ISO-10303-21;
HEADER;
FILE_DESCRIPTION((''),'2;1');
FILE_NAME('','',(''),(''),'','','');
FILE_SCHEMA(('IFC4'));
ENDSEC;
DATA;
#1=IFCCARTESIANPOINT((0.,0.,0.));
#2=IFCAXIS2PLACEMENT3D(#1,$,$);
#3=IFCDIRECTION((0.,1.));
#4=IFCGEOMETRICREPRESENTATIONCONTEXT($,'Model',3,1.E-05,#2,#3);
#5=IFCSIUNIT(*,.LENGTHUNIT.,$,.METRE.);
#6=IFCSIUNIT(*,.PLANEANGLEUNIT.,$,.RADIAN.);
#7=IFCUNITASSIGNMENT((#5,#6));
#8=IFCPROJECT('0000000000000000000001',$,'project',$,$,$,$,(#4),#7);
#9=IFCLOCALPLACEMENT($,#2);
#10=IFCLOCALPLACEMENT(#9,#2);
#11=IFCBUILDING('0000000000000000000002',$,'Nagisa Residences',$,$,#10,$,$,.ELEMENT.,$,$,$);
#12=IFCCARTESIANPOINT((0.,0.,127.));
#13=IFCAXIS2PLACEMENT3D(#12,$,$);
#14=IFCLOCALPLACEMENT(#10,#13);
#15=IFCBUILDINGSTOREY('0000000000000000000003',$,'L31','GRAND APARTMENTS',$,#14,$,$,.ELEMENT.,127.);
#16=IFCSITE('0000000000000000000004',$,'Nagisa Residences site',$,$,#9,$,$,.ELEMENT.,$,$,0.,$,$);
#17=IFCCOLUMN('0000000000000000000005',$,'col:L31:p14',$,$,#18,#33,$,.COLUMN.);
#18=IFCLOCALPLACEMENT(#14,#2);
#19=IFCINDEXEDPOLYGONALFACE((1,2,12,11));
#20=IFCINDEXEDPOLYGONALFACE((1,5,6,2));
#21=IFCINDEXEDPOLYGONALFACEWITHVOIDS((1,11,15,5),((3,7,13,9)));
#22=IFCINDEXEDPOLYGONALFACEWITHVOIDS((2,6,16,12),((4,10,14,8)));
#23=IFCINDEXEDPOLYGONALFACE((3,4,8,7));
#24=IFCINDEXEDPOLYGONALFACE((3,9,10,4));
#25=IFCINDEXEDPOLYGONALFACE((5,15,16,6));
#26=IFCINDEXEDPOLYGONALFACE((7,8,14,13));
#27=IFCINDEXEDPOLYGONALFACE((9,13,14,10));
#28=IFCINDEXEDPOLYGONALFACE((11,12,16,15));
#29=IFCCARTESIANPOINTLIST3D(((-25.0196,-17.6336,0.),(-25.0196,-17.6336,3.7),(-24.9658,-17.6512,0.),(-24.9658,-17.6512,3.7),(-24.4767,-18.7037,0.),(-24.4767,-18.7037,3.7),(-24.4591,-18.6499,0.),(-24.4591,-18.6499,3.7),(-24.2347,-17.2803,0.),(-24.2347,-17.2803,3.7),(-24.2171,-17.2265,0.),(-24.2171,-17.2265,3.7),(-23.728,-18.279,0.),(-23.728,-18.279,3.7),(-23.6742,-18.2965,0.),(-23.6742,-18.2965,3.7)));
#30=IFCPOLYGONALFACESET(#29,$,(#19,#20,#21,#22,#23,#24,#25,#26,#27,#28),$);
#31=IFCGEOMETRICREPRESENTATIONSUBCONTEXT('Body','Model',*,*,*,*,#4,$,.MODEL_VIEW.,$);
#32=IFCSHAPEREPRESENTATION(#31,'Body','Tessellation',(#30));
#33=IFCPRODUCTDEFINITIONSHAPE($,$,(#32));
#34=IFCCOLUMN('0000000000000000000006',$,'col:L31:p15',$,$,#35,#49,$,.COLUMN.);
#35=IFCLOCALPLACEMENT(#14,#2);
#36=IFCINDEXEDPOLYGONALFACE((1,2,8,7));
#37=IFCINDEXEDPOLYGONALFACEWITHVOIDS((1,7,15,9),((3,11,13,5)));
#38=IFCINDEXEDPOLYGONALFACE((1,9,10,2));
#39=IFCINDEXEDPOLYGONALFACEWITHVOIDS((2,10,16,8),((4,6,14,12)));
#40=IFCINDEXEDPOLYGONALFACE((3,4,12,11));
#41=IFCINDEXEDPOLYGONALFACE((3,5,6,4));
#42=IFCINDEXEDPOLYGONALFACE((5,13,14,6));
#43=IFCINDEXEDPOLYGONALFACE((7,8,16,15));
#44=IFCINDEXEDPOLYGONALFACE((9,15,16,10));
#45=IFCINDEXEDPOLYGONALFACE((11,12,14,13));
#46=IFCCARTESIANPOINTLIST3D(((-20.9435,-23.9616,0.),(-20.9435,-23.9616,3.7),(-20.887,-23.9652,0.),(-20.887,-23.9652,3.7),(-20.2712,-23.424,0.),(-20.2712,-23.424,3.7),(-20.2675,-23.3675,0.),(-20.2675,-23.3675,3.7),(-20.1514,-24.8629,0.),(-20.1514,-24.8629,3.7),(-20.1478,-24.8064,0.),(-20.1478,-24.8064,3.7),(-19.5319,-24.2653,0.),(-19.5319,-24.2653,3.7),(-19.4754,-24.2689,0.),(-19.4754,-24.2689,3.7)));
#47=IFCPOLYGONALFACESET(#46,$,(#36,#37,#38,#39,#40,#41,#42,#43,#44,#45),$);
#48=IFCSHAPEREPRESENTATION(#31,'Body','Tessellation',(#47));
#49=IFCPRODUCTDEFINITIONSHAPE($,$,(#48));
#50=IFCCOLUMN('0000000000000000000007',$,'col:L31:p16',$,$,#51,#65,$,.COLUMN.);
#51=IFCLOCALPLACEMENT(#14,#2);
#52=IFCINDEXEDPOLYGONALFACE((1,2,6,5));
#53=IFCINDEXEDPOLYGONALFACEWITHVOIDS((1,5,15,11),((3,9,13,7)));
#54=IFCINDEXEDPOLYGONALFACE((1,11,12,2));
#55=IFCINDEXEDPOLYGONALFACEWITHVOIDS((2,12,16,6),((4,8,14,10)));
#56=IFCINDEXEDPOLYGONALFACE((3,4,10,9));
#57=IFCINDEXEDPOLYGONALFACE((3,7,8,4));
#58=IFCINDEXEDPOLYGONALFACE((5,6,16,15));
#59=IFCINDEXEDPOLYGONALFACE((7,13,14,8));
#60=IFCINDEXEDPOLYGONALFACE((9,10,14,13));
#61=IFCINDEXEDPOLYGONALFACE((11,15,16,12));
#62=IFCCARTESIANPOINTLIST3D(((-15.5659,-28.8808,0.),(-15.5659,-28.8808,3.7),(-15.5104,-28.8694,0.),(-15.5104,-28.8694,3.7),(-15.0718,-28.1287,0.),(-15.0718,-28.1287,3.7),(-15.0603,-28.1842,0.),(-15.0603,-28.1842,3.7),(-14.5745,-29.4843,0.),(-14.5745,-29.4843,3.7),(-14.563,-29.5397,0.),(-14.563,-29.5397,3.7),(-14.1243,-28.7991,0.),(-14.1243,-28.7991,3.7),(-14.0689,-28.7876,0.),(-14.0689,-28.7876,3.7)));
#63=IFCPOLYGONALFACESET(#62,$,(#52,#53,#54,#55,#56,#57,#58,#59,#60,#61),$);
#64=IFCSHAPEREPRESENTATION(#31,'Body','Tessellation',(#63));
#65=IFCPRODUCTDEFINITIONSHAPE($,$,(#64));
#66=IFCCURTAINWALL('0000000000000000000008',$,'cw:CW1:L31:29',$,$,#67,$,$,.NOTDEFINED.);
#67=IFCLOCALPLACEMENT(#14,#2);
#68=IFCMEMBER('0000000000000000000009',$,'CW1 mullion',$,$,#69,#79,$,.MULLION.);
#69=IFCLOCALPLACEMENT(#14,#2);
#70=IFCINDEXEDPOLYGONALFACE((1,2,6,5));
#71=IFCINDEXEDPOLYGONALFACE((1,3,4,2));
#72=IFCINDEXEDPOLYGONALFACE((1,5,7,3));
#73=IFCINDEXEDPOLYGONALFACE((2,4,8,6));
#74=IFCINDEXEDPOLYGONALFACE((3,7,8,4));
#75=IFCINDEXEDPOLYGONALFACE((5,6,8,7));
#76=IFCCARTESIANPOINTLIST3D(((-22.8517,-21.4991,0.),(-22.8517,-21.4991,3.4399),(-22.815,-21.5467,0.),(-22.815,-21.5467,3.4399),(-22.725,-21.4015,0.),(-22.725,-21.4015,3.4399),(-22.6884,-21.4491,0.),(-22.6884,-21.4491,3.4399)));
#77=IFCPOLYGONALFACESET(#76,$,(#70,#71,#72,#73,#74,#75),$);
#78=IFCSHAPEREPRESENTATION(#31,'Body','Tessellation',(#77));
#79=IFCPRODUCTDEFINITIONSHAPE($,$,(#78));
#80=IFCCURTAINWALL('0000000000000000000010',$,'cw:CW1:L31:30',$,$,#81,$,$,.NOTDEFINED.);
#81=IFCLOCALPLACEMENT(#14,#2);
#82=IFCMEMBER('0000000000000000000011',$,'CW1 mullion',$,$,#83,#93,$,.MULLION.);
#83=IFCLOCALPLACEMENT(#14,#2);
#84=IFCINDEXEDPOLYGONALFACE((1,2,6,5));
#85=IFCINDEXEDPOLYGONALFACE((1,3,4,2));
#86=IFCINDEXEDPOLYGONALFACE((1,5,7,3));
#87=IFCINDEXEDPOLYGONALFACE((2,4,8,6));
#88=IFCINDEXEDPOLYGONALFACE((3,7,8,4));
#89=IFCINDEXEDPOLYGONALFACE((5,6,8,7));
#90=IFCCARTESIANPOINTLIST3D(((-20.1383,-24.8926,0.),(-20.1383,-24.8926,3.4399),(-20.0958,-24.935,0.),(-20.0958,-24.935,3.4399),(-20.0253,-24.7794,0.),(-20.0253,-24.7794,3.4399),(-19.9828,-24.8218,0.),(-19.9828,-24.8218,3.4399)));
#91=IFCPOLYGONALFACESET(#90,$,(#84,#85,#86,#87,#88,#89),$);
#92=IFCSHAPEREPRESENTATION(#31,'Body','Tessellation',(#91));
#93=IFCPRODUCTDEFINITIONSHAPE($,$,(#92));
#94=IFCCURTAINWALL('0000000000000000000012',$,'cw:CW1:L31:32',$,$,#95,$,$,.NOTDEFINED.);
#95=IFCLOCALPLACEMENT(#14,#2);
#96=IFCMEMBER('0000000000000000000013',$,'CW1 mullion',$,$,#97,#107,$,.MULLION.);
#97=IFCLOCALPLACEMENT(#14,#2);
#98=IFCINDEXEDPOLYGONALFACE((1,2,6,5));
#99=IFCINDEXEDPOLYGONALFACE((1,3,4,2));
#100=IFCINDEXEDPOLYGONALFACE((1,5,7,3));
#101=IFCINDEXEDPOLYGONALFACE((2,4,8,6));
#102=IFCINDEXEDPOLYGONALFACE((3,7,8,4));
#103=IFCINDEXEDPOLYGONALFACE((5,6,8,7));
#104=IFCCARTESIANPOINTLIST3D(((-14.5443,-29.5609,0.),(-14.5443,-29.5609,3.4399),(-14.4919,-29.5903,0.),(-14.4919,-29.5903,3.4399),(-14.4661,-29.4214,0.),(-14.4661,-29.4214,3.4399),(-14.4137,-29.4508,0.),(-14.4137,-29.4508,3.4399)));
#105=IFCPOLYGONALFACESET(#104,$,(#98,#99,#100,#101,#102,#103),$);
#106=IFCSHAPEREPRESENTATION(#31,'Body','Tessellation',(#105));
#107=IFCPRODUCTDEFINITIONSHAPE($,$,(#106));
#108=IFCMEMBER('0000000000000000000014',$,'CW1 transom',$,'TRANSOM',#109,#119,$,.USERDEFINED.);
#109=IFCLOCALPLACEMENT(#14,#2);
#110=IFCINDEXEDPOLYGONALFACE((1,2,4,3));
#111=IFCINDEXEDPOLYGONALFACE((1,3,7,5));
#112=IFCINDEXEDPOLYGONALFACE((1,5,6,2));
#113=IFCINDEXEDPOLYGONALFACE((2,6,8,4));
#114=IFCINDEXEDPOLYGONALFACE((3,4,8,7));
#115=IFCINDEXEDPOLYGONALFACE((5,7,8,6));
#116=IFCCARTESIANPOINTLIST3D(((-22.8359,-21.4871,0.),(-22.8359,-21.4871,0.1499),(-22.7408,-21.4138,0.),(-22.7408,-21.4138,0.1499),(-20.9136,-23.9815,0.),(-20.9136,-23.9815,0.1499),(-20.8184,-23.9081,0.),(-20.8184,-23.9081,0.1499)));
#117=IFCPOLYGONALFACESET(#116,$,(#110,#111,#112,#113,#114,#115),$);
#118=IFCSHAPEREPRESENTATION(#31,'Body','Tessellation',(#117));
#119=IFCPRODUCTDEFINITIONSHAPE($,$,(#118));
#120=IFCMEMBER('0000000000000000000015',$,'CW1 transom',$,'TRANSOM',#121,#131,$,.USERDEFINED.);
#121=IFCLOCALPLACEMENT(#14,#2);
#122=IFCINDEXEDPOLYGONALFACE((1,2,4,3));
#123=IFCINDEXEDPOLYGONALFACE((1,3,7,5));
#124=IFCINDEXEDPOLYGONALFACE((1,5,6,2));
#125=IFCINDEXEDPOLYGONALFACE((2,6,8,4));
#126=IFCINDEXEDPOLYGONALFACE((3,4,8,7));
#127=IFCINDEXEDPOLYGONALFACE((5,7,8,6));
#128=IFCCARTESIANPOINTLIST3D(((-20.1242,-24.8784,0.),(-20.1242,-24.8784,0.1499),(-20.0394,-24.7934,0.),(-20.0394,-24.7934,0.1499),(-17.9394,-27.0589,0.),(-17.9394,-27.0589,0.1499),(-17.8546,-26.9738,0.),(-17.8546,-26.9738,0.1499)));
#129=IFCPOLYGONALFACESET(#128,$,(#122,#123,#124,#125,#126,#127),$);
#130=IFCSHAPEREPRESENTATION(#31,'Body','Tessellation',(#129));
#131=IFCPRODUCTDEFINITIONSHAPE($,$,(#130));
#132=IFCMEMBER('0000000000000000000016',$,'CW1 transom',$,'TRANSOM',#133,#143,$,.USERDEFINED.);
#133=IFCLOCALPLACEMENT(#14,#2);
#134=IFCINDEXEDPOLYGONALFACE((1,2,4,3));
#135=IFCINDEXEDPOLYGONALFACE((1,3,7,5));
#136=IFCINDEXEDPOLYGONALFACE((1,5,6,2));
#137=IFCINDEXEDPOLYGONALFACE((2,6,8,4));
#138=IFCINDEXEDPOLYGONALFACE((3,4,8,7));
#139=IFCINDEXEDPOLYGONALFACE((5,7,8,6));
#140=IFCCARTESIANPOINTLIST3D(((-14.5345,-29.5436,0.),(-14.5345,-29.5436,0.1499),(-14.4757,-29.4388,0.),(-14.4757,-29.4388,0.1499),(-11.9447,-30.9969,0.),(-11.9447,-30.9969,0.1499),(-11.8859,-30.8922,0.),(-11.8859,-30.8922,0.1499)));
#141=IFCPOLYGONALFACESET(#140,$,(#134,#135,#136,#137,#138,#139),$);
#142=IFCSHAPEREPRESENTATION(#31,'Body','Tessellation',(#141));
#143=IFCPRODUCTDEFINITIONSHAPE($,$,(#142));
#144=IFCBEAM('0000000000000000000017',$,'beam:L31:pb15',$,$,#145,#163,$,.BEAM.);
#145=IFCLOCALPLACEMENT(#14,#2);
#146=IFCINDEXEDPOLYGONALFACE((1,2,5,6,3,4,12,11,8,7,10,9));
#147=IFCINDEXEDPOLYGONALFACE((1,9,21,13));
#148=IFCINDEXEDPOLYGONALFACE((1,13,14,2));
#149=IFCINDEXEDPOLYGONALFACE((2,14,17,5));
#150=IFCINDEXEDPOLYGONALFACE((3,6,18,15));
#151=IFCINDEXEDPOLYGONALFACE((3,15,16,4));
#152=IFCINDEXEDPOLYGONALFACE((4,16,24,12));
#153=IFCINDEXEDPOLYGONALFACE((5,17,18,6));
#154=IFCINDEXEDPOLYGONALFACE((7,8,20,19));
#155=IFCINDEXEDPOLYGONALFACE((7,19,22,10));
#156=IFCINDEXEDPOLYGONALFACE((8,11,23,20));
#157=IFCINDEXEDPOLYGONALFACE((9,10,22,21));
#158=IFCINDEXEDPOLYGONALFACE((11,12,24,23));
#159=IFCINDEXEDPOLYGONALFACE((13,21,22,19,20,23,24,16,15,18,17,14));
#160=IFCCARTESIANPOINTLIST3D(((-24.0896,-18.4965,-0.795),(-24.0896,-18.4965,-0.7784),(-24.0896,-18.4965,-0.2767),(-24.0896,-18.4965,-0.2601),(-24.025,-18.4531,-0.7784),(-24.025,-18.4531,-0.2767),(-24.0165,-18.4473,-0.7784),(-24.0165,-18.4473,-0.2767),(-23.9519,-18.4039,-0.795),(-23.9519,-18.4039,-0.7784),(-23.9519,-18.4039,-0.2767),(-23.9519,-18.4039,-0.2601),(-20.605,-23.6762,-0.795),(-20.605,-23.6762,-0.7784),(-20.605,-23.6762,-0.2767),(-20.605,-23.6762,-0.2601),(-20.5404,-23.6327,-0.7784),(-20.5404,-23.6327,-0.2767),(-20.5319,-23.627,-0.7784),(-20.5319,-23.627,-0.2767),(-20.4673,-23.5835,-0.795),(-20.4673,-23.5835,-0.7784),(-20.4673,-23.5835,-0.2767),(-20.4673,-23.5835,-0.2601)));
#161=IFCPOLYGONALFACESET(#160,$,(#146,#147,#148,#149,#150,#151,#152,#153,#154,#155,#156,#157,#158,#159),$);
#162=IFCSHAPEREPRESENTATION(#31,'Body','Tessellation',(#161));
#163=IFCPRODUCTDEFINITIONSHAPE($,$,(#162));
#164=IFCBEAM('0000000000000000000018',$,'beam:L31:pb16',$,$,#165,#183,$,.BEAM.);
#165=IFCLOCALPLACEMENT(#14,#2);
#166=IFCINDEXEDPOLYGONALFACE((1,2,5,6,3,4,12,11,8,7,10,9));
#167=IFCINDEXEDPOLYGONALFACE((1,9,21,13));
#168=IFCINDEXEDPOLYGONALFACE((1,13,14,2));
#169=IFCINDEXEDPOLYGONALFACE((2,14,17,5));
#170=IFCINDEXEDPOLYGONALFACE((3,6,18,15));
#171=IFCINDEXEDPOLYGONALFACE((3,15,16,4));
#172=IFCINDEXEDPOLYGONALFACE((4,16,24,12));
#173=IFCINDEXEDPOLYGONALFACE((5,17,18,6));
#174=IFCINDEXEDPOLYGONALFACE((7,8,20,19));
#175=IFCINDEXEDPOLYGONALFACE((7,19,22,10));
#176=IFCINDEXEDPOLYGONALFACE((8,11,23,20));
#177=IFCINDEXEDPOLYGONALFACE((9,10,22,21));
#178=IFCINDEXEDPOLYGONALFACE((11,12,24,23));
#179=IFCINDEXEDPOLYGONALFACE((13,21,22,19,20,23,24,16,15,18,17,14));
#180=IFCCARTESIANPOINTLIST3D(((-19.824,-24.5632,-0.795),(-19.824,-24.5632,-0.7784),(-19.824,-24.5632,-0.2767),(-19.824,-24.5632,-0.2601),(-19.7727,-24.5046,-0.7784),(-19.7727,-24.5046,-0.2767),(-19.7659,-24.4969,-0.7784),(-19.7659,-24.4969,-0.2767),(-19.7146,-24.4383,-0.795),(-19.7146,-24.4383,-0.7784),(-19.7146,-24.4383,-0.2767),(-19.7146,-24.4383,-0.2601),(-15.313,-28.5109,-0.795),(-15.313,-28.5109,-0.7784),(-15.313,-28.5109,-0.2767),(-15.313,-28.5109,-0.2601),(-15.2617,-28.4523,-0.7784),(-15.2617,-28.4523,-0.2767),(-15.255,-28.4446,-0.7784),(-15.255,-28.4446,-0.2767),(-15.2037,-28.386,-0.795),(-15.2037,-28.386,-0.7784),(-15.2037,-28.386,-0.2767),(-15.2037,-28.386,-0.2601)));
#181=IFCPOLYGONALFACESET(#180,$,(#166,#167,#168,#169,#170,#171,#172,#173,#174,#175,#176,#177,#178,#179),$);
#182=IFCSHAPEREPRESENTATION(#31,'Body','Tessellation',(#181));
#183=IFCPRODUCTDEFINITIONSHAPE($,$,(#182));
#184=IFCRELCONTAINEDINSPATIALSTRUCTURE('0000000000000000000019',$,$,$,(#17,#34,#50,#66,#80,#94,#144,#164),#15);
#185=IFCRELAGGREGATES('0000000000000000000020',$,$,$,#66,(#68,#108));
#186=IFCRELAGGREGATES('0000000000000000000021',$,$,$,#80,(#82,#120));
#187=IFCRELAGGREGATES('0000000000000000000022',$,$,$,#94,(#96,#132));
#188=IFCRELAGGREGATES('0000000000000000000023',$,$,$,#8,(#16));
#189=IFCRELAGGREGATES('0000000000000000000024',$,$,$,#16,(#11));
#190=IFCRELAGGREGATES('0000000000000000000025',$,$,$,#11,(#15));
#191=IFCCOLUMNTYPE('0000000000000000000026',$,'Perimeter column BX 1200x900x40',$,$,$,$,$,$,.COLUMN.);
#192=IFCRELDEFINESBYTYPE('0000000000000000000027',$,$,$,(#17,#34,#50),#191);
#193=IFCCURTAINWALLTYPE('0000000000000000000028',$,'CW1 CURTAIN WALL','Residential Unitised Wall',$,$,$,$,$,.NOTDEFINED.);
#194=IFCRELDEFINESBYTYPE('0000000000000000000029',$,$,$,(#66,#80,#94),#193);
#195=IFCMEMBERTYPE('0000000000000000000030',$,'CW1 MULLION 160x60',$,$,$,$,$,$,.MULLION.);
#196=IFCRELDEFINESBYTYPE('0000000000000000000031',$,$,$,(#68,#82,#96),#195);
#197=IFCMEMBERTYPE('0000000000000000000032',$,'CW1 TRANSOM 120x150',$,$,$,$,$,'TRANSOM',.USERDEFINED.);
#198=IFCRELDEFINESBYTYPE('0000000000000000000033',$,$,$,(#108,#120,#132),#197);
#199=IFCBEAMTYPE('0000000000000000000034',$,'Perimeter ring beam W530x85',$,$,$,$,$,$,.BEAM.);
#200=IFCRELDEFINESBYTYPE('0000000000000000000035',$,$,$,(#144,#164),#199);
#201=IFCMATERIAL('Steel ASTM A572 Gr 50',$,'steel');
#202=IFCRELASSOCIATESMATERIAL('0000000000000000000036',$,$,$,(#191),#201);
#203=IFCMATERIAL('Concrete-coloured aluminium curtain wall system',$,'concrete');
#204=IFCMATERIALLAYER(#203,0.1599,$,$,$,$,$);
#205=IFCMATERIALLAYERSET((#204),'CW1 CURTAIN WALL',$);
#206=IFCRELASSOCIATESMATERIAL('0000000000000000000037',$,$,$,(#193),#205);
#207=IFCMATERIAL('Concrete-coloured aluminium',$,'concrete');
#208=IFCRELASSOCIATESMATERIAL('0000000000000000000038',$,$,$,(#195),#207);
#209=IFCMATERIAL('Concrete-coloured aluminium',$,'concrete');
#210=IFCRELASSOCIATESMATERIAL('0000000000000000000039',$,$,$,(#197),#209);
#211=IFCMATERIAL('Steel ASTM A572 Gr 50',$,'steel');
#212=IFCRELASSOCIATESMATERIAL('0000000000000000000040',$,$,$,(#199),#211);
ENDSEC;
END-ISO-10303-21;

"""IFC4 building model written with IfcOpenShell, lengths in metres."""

from ifc_helpers import new_model, si_unit, direction, frame, origin, origin_2d, place, context, subcontext, project, spatial, rectangle, hollow_rectangle, i_section, extrude, material, layer, layer_set, material_profile, profile_set, type_object, element, aggregate, save


model = new_model("IFC4")

# Units and contexts
model_context = context("Model", 3, precision=1e-05, world=origin(), true_north=direction((0.0, 1.0)))
body_context = subcontext(model_context, "Body", "Model", "MODEL_VIEW")
ifc_project = project(units=[si_unit("LENGTHUNIT", "METRE"), si_unit("PLANEANGLEUNIT", "RADIAN")], contexts=[model_context])

# Site, building, storey
site_placement = place(None, origin())
site = spatial("IfcSite", under=ifc_project, at=site_placement, Name="Nagisa Residences site", CompositionType="ELEMENT", RefElevation=0.0)
building_placement = place(site_placement, origin())
building = spatial("IfcBuilding", under=site, at=building_placement, Name="Nagisa Residences", CompositionType="ELEMENT")
storey_placement = place(building_placement, frame((0.0, 0.0, 127.0)))
storey = spatial("IfcBuildingStorey", under=building, at=storey_placement, Name="L31", Description="GRAND APARTMENTS", CompositionType="ELEMENT", Elevation=127.0)

# Columns
ifc_material_1 = material(Name="Steel ASTM A572 Gr 50", Category="steel")
ifc_material_profile_1 = material_profile(ifc_material_1, hollow_rectangle(XDim=1.2, YDim=0.8999, WallThickness=0.04, at=origin_2d()), Name="BX 1200x900x40")
ifc_profile_set_1 = profile_set([ifc_material_profile_1], Name="Steel ASTM A572 Gr 50")
column_type = type_object("IfcColumnType", Name="Perimeter column BX 1200x900x40", PredefinedType="COLUMN", material=ifc_profile_set_1)
for number, where, z_axis, x_axis, name in (
    (1, (-24.3469, -17.9651, 0.0), (0.0, 0.0, 1.0), (0.452463, -0.891783, 0.0), "col:L31:p14"),
    (2, (-20.2095, -24.1152, 0.0), (0.0, 0.0, 1.0), (0.660115, -0.751165, 0.0), "col:L31:p15"),
    (3, (-14.8174, -28.8342, 0.0), (0.0, 0.0, 1.0), (0.835766, -0.549086, 0.0), "col:L31:p16"),
):
    element("IfcColumn", number, at=place(storey_placement, frame(where, z_axis=z_axis, x_axis=x_axis)), inside=storey, type_object=column_type, Name=name, PredefinedType="COLUMN", context=body_context, shape_type="SweptSolid", body=[
        extrude(hollow_rectangle(XDim=1.2, YDim=0.8999, WallThickness=0.04, at=origin_2d()), origin(), (0.0, 0.0, 1.0), 3.7),
    ])

# Curtain walls, members
ifc_material_2 = material(Name="Concrete-coloured aluminium curtain wall system", Category="concrete")
ifc_layer_1 = layer(ifc_material_2, 0.1599)
ifc_layer_set_1 = layer_set([ifc_layer_1], Name="CW1 CURTAIN WALL")
curtain_wall_type = type_object("IfcCurtainWallType", Name="CW1 CURTAIN WALL", Description="Residential Unitised Wall", PredefinedType="NOTDEFINED", material=ifc_layer_set_1)
curtain_wall_1_placement = place(storey_placement, origin())
curtain_wall_1 = element("IfcCurtainWall", 4, at=curtain_wall_1_placement, inside=storey, type_object=curtain_wall_type, Name="cw:CW1:L31:29", PredefinedType="NOTDEFINED")
ifc_material_3 = material(Name="Concrete-coloured aluminium", Category="concrete")
ifc_material_profile_2 = material_profile(ifc_material_3, rectangle(XDim=0.1599, YDim=0.0601, at=origin_2d()), Name="CW1 MULLION 160x60")
ifc_profile_set_2 = profile_set([ifc_material_profile_2], Name="Concrete-coloured aluminium")
member_type_1 = type_object("IfcMemberType", Name="CW1 MULLION 160x60", PredefinedType="MULLION", material=ifc_profile_set_2)
member_1_placement = place(storey_placement, frame((-22.77, -21.4741, 0.0), z_axis=(0.0, 0.0, 1.0), x_axis=(0.79207, 0.61043, 0.0)))
member_1 = element("IfcMember", 5, at=member_1_placement, type_object=member_type_1, Name="CW1 mullion", PredefinedType="MULLION", context=body_context, shape_type="SweptSolid", body=[
    extrude(rectangle(XDim=0.1599, YDim=0.0601, at=origin_2d()), origin(), (0.0, 0.0, 1.0), 3.4399),
])
curtain_wall_2_placement = place(storey_placement, origin())
curtain_wall_2 = element("IfcCurtainWall", 6, at=curtain_wall_2_placement, inside=storey, type_object=curtain_wall_type, Name="cw:CW1:L31:30", PredefinedType="NOTDEFINED")
member_2_placement = place(storey_placement, frame((-20.0605, -24.8572, 0.0), z_axis=(0.0, 0.0, 1.0), x_axis=(0.706377, 0.707836, 0.0)))
member_2 = element("IfcMember", 7, at=member_2_placement, type_object=member_type_1, Name="CW1 mullion", PredefinedType="MULLION", context=body_context, shape_type="SweptSolid", body=[
    extrude(rectangle(XDim=0.1599, YDim=0.0601, at=origin_2d()), origin(), (0.0, 0.0, 1.0), 3.4399),
])
curtain_wall_3_placement = place(storey_placement, origin())
curtain_wall_3 = element("IfcCurtainWall", 8, at=curtain_wall_3_placement, inside=storey, type_object=curtain_wall_type, Name="cw:CW1:L31:32", PredefinedType="NOTDEFINED")
member_3_placement = place(storey_placement, frame((-14.479, -29.5059, 0.0), z_axis=(0.0, 0.0, 1.0), x_axis=(0.489377, 0.872072, 0.0)))
member_3 = element("IfcMember", 9, at=member_3_placement, type_object=member_type_1, Name="CW1 mullion", PredefinedType="MULLION", context=body_context, shape_type="SweptSolid", body=[
    extrude(rectangle(XDim=0.1599, YDim=0.0601, at=origin_2d()), origin(), (0.0, 0.0, 1.0), 3.4399),
])

# Members
ifc_material_4 = material(Name="Concrete-coloured aluminium", Category="concrete")
ifc_material_profile_3 = material_profile(ifc_material_4, rectangle(XDim=0.1201, YDim=0.1499, at=origin_2d()), Name="CW1 TRANSOM 120x150")
ifc_profile_set_3 = profile_set([ifc_material_profile_3], Name="Concrete-coloured aluminium")
member_type_2 = type_object("IfcMemberType", Name="CW1 TRANSOM 120x150", ElementType="TRANSOM", PredefinedType="USERDEFINED", material=ifc_profile_set_3)
member_4_placement = place(storey_placement, frame((-22.7883, -21.4504, 0.075), z_axis=(0.61043, -0.79207, 0.0), x_axis=(0.79207, 0.61043, 0.0)))
member_4 = element("IfcMember", 10, at=member_4_placement, type_object=member_type_2, Name="CW1 transom", ObjectType="TRANSOM", PredefinedType="USERDEFINED", context=body_context, shape_type="SweptSolid", body=[
    extrude(rectangle(XDim=0.1201, YDim=0.1499, at=origin_2d()), origin(), (0.0, 0.0, 1.0), 3.1492),
])
member_5_placement = place(storey_placement, frame((-20.0818, -24.8359, 0.075), z_axis=(0.707818, -0.706395, 0.0), x_axis=(0.706395, 0.707818, 0.0)))
member_5 = element("IfcMember", 11, at=member_5_placement, type_object=member_type_2, Name="CW1 transom", ObjectType="TRANSOM", PredefinedType="USERDEFINED", context=body_context, shape_type="SweptSolid", body=[
    extrude(rectangle(XDim=0.1201, YDim=0.1499, at=origin_2d()), origin(), (0.0, 0.0, 1.0), 3.0867),
])
member_6_placement = place(storey_placement, frame((-14.5051, -29.4912, 0.075), z_axis=(0.872067, -0.489387, 0.0), x_axis=(0.489387, 0.872067, 0.0)))
member_6 = element("IfcMember", 12, at=member_6_placement, type_object=member_type_2, Name="CW1 transom", ObjectType="TRANSOM", PredefinedType="USERDEFINED", context=body_context, shape_type="SweptSolid", body=[
    extrude(rectangle(XDim=0.1201, YDim=0.1499, at=origin_2d()), origin(), (0.0, 0.0, 1.0), 2.9697),
])

# Beams
ifc_material_5 = material(Name="Steel ASTM A572 Gr 50", Category="steel")
ifc_material_profile_4 = material_profile(ifc_material_5, i_section(OverallWidth=0.166, OverallDepth=0.5349, WebThickness=0.0103, FlangeThickness=0.0166, at=origin_2d()), Name="W530x85")
ifc_profile_set_4 = profile_set([ifc_material_profile_4], Name="Steel ASTM A572 Gr 50")
beam_type_1 = type_object("IfcBeamType", Name="Perimeter ring beam W530x85", PredefinedType="BEAM", material=ifc_profile_set_4)
beam_1_placement = place(storey_placement, frame((-24.0208, -18.4502, -0.5276), z_axis=(0.558188, -0.829715, 0.0), x_axis=(0.829715, 0.558188, 0.0)))
element("IfcBeam", 13, at=beam_1_placement, inside=storey, type_object=beam_type_1, Name="beam:L31:pb15", PredefinedType="BEAM", context=body_context, shape_type="SweptSolid", body=[
    extrude(i_section(OverallWidth=0.166, OverallDepth=0.5349, WebThickness=0.0103, FlangeThickness=0.0166, at=origin_2d()), origin(), (0.0, 0.0, 1.0), 6.2427),
])
beam_2_placement = place(storey_placement, frame((-19.7693, -24.5007, -0.5276), z_axis=(0.752524, -0.658565, 0.0), x_axis=(0.658565, 0.752524, 0.0)))
element("IfcBeam", 14, at=beam_2_placement, inside=storey, type_object=beam_type_1, Name="beam:L31:pb16", PredefinedType="BEAM", context=body_context, shape_type="SweptSolid", body=[
    extrude(i_section(OverallWidth=0.166, OverallDepth=0.5349, WebThickness=0.0103, FlangeThickness=0.0166, at=origin_2d()), origin(), (0.0, 0.0, 1.0), 5.9944),
])

aggregate(curtain_wall_1, [member_1, member_4])
aggregate(curtain_wall_2, [member_2, member_5])
aggregate(curtain_wall_3, [member_3, member_6])

save(model, "model.ifc")
